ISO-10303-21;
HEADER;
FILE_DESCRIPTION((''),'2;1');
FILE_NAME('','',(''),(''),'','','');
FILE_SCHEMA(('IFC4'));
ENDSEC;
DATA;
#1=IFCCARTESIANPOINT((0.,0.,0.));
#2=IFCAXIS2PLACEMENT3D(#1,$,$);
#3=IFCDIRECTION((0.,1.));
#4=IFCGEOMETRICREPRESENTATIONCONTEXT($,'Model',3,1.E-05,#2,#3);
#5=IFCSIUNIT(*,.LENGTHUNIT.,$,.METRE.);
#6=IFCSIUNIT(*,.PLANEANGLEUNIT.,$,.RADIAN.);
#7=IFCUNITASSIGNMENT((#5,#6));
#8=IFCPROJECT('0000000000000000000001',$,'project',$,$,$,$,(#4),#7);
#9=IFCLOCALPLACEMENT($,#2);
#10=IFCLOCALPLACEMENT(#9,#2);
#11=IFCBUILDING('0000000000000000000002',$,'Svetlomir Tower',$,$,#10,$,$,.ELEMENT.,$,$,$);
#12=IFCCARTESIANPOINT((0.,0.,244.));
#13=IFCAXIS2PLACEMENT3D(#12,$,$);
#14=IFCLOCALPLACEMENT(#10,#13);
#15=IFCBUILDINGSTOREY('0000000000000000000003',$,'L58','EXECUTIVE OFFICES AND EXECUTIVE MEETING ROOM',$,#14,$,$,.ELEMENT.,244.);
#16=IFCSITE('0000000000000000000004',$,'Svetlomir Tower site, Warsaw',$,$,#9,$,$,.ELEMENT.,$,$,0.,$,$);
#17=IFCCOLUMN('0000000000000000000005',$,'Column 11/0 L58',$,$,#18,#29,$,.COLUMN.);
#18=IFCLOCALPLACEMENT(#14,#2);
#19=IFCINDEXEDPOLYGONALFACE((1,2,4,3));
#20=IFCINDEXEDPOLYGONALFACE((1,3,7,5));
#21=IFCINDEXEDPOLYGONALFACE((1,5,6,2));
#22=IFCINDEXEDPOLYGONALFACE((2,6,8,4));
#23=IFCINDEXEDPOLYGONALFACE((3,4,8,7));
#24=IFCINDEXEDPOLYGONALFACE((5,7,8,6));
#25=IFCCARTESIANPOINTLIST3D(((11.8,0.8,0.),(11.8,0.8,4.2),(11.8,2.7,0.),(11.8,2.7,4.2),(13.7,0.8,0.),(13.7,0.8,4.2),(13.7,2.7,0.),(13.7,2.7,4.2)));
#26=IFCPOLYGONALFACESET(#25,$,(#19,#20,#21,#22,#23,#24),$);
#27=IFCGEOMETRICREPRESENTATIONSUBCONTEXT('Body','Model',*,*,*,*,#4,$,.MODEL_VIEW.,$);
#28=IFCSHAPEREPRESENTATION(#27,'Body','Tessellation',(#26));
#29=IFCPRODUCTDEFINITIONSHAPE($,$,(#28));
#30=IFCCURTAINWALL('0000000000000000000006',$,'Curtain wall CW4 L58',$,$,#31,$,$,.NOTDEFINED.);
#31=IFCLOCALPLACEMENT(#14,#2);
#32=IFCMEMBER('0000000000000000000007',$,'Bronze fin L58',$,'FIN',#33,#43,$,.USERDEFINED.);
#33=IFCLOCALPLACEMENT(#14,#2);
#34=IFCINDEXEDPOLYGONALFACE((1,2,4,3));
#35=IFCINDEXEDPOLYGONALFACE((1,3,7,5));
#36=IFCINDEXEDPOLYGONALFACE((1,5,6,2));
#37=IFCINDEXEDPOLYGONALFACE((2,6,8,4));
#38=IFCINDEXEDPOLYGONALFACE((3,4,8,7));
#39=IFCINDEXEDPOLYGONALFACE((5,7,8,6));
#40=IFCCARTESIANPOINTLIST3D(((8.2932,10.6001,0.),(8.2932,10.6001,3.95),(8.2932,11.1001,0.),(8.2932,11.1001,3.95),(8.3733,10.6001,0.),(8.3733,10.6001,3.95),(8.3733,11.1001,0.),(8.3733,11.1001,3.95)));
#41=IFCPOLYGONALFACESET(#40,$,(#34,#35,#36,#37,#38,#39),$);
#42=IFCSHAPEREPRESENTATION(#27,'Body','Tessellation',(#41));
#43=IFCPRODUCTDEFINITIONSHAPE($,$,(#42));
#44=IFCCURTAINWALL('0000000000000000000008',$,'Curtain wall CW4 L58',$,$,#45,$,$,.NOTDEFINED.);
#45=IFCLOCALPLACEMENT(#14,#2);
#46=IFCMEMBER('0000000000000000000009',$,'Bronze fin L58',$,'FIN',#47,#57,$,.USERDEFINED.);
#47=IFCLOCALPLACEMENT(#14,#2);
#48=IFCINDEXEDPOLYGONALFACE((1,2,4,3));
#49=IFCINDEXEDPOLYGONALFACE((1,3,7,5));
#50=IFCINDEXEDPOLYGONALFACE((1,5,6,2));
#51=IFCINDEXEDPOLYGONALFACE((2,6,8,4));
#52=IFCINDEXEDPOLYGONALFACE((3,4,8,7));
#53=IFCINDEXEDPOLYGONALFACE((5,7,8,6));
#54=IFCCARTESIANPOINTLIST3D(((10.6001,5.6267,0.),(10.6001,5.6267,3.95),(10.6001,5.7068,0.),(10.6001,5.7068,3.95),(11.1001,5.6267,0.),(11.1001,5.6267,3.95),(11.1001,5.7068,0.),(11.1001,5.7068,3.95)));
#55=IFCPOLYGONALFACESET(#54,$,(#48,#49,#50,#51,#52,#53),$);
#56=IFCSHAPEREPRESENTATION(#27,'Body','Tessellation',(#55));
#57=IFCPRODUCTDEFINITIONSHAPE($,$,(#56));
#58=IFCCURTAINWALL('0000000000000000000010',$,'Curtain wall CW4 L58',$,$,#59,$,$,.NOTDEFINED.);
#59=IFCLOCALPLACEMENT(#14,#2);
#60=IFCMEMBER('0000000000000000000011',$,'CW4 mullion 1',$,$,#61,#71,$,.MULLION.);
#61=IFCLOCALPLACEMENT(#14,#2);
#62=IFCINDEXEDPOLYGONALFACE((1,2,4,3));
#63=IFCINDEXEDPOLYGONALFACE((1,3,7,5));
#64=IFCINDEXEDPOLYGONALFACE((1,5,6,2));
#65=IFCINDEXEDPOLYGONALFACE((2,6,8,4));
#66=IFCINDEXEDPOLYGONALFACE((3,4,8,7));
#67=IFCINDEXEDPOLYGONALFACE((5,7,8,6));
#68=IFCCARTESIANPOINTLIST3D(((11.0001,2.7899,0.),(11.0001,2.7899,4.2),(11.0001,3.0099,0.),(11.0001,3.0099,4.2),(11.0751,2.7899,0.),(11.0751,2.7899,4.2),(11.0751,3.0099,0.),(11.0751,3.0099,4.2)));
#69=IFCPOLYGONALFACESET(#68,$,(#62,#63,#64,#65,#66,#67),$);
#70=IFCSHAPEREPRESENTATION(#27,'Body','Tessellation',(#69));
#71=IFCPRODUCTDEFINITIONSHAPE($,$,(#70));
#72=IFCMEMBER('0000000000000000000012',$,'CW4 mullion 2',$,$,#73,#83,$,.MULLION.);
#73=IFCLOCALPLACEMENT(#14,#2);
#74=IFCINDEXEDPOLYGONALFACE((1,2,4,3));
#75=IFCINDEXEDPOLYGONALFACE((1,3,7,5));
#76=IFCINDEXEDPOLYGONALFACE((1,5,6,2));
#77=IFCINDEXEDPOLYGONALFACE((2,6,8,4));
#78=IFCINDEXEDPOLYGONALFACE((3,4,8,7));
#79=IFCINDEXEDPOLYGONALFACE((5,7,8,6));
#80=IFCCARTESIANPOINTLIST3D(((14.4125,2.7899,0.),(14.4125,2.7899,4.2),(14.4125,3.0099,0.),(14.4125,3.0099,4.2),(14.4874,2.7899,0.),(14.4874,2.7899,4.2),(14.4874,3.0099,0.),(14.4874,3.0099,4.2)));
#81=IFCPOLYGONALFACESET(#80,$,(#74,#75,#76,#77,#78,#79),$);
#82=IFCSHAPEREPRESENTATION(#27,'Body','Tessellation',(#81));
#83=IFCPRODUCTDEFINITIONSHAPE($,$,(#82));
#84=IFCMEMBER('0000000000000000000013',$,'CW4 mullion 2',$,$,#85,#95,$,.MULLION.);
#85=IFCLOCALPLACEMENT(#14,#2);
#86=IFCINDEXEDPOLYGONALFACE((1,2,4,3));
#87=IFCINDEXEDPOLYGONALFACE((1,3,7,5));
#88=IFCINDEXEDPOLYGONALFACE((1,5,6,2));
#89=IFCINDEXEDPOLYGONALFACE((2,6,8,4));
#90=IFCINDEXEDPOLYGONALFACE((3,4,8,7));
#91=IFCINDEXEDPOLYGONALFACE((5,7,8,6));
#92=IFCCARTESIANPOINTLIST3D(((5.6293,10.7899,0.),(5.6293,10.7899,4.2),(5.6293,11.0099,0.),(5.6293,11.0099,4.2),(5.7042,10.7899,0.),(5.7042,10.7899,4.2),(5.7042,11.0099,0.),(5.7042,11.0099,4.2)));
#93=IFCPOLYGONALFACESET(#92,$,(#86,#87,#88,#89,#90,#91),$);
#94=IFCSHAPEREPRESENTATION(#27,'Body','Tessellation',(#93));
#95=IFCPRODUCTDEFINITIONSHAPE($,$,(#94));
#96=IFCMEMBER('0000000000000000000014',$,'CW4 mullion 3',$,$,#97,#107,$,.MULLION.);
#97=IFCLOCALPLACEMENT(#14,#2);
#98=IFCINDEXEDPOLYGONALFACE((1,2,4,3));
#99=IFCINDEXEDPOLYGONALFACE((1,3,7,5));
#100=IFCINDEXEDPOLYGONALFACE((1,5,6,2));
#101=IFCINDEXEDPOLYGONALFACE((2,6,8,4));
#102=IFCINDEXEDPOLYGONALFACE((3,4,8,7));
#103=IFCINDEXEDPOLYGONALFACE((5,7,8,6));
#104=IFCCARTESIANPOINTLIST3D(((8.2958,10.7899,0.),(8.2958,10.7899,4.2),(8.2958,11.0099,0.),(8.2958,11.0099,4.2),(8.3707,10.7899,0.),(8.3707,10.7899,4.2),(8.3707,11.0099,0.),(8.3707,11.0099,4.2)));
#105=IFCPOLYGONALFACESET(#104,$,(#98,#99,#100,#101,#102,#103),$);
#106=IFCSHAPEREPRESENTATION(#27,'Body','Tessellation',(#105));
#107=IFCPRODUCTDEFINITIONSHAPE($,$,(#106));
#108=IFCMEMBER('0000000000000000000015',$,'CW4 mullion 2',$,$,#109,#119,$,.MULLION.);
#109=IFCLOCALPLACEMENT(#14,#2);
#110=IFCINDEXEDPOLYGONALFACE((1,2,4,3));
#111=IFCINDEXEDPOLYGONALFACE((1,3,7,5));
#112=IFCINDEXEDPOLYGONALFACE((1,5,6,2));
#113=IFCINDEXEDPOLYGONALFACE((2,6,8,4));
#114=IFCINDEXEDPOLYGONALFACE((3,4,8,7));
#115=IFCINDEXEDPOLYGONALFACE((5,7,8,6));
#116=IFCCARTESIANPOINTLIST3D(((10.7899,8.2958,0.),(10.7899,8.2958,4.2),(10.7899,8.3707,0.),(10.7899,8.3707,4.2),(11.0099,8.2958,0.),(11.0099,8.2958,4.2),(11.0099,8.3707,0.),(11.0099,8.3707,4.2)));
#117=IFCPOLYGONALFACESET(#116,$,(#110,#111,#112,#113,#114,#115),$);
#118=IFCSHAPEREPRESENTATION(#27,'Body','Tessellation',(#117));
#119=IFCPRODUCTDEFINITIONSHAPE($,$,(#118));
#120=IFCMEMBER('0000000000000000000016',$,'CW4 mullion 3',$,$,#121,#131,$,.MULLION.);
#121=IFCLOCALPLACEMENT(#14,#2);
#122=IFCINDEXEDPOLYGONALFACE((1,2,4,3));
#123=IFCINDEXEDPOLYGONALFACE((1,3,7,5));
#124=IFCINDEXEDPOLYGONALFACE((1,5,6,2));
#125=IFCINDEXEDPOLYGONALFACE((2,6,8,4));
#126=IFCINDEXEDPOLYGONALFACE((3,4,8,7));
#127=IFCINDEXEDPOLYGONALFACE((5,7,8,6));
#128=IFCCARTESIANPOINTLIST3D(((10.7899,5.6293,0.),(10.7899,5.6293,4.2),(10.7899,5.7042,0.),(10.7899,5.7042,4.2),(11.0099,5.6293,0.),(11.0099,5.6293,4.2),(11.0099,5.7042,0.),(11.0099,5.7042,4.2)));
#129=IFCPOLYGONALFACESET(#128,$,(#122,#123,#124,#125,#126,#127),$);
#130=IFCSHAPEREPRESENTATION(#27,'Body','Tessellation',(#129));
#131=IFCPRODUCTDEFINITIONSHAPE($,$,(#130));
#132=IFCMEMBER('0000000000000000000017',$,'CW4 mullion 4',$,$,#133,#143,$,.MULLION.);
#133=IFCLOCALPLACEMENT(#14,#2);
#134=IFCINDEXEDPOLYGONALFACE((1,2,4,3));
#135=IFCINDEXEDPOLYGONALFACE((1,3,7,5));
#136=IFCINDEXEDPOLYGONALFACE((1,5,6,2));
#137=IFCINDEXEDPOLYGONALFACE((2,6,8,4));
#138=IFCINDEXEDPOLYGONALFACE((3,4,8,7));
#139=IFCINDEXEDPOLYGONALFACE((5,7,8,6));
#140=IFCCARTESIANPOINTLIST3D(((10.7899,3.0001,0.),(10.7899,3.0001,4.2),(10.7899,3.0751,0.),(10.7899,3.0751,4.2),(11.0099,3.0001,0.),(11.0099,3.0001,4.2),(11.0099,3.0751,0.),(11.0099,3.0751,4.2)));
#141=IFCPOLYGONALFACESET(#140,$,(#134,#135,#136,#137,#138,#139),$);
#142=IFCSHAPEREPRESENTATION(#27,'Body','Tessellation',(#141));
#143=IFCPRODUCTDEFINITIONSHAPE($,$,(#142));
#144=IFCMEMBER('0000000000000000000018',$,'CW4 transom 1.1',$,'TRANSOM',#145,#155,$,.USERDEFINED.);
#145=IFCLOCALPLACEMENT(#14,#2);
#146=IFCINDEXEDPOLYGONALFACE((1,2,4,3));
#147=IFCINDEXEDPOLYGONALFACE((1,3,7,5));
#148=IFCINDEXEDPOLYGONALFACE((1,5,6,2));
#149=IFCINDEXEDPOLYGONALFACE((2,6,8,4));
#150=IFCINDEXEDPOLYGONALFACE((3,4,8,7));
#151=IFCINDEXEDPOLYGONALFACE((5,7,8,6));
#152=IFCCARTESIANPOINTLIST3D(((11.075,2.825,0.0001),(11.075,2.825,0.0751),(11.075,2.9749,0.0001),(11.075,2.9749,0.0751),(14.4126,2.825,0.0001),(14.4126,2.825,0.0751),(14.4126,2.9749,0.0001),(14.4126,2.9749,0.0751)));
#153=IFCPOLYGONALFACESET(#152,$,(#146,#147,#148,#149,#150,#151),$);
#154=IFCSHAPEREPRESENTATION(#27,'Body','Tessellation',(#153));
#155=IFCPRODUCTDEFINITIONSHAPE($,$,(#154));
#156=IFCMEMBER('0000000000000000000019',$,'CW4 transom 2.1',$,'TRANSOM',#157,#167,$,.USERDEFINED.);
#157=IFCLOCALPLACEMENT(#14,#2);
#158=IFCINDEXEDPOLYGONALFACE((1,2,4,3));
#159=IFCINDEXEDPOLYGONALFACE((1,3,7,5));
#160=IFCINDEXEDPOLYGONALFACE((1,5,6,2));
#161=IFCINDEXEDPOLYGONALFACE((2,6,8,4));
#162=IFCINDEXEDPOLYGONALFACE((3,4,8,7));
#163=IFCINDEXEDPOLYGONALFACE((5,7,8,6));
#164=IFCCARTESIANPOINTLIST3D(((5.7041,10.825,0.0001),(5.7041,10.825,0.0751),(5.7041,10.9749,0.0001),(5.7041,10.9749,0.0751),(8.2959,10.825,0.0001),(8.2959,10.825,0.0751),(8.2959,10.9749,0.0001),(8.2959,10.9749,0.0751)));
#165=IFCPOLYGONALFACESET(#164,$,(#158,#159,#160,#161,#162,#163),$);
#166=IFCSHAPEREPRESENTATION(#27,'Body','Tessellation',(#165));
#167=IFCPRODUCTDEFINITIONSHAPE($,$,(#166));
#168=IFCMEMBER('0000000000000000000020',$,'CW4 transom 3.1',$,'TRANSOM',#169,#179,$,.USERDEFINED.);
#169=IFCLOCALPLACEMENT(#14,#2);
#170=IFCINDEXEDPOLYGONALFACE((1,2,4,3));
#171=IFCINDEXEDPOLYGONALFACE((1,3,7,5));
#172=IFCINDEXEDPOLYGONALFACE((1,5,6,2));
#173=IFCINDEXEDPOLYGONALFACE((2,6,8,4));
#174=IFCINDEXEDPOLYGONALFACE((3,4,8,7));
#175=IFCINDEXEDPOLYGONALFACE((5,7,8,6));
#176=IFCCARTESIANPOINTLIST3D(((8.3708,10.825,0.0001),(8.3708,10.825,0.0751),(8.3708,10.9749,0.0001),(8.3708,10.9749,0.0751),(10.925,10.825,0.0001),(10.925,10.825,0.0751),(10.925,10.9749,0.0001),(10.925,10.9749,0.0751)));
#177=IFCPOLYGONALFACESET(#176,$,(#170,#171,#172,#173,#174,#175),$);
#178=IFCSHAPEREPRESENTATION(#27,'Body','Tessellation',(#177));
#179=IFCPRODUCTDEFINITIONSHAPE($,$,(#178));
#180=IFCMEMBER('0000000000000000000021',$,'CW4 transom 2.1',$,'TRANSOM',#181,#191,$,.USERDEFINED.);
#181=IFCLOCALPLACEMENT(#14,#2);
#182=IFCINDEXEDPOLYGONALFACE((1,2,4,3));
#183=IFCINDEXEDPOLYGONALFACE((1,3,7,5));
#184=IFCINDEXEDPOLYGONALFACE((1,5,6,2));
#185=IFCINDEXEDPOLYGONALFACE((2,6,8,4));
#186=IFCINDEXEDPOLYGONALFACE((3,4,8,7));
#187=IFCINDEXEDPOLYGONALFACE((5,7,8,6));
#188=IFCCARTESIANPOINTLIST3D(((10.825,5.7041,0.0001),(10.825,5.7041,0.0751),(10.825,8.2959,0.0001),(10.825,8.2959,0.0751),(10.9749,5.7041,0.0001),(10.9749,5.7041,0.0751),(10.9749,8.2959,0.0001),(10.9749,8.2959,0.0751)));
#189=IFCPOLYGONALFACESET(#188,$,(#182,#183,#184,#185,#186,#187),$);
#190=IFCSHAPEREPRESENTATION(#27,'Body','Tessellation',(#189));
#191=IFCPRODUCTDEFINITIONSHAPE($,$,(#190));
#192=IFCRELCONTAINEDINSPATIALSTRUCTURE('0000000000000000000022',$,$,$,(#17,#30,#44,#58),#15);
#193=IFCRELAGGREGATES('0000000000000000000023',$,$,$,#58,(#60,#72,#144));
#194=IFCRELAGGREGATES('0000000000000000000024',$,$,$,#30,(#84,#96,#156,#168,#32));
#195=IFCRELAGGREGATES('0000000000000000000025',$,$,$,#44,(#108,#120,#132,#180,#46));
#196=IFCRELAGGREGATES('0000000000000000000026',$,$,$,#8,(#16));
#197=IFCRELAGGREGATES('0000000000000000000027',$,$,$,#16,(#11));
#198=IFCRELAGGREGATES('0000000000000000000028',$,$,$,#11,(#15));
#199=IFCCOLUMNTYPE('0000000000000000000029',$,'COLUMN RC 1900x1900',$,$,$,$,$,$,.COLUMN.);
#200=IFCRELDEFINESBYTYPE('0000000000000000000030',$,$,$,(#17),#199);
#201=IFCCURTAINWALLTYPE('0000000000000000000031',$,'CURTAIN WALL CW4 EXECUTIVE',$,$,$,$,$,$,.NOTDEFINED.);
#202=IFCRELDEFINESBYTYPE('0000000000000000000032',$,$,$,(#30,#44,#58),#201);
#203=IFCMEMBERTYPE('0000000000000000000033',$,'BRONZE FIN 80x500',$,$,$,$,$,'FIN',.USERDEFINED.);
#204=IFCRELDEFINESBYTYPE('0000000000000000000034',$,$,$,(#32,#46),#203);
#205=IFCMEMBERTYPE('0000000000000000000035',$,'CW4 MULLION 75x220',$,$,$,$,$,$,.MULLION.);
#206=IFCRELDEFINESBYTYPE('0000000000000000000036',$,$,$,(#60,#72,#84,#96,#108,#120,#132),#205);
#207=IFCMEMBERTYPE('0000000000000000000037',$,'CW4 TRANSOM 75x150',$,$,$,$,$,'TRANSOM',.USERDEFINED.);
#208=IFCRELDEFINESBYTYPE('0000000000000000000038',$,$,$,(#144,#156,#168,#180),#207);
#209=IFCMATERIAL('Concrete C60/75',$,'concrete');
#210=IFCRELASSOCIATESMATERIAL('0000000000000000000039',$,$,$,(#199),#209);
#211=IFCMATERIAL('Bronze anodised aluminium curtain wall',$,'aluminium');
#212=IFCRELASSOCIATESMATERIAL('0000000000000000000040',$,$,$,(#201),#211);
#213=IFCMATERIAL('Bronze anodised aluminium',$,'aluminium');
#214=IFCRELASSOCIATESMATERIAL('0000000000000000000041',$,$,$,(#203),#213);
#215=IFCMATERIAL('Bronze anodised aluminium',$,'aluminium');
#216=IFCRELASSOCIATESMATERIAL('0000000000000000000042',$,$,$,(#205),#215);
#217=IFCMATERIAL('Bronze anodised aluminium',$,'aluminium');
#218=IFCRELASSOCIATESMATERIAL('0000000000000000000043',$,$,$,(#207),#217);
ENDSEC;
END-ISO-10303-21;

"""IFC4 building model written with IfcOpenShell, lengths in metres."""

from ifc_helpers import new_model, si_unit, direction, frame, origin, origin_2d, place, context, subcontext, project, spatial, rectangle, extrude, material, material_profile, profile_set, type_object, element, aggregate, save


model = new_model("IFC4")

# Units and contexts
model_context = context("Model", 3, precision=1e-05, world=origin(), true_north=direction((0.0, 1.0)))
body_context = subcontext(model_context, "Body", "Model", "MODEL_VIEW")
ifc_project = project(units=[si_unit("LENGTHUNIT", "METRE"), si_unit("PLANEANGLEUNIT", "RADIAN")], contexts=[model_context])

# Site, building, storey
site_placement = place(None, origin())
site = spatial("IfcSite", under=ifc_project, at=site_placement, Name="Svetlomir Tower site, Warsaw", CompositionType="ELEMENT", RefElevation=0.0)
building_placement = place(site_placement, origin())
building = spatial("IfcBuilding", under=site, at=building_placement, Name="Svetlomir Tower", CompositionType="ELEMENT")
storey_placement = place(building_placement, frame((0.0, 0.0, 244.0)))
storey = spatial("IfcBuildingStorey", under=building, at=storey_placement, Name="L58", Description="EXECUTIVE OFFICES AND EXECUTIVE MEETING ROOM", CompositionType="ELEMENT", Elevation=244.0)

# Column
ifc_material_1 = material(Name="Concrete C60/75", Category="concrete")
ifc_material_profile_1 = material_profile(ifc_material_1, rectangle(XDim=1.8999, YDim=1.8999, at=origin_2d()), Name="RC 1900x1900")
ifc_profile_set_1 = profile_set([ifc_material_profile_1], Name="Concrete C60/75")
column_type = type_object("IfcColumnType", Name="COLUMN RC 1900x1900", PredefinedType="COLUMN", material=ifc_profile_set_1)
column_placement = place(storey_placement, frame((12.75, 1.75, 0.0), z_axis=(0.0, 0.0, 1.0), x_axis=(1.0, 0.0, 0.0)))
element("IfcColumn", 1, at=column_placement, inside=storey, type_object=column_type, Name="Column 11/0 L58", PredefinedType="COLUMN", context=body_context, shape_type="SweptSolid", body=[
    extrude(rectangle(XDim=1.8999, YDim=1.8999, at=origin_2d()), origin(), (0.0, 0.0, 1.0), 4.2),
])

# Curtain walls, members
ifc_material_2 = material(Name="Bronze anodised aluminium curtain wall", Category="aluminium")
curtain_wall_type = type_object("IfcCurtainWallType", Name="CURTAIN WALL CW4 EXECUTIVE", PredefinedType="NOTDEFINED", material=ifc_material_2)
curtain_wall_1_placement = place(storey_placement, origin())
curtain_wall_1 = element("IfcCurtainWall", 2, at=curtain_wall_1_placement, inside=storey, type_object=curtain_wall_type, Name="Curtain wall CW4 L58", PredefinedType="NOTDEFINED")
ifc_material_3 = material(Name="Bronze anodised aluminium", Category="aluminium")
ifc_material_profile_2 = material_profile(ifc_material_3, rectangle(XDim=0.0801, YDim=0.5, at=origin_2d()), Name="FIN 80x500")
ifc_profile_set_2 = profile_set([ifc_material_profile_2], Name="Bronze anodised aluminium 6063-T6")
member_type_1 = type_object("IfcMemberType", Name="BRONZE FIN 80x500", ElementType="FIN", PredefinedType="USERDEFINED", material=ifc_profile_set_2)
member_1_placement = place(storey_placement, frame((8.3333, 10.8501, 0.0), z_axis=(0.0, 0.0, 1.0), x_axis=(1.0, 0.0, 0.0)))
member_1 = element("IfcMember", 3, at=member_1_placement, type_object=member_type_1, Name="Bronze fin L58", ObjectType="FIN", PredefinedType="USERDEFINED", context=body_context, shape_type="SweptSolid", body=[
    extrude(rectangle(XDim=0.0801, YDim=0.5, at=origin_2d()), origin(), (0.0, 0.0, 1.0), 3.95),
])
curtain_wall_2_placement = place(storey_placement, origin())
curtain_wall_2 = element("IfcCurtainWall", 4, at=curtain_wall_2_placement, inside=storey, type_object=curtain_wall_type, Name="Curtain wall CW4 L58", PredefinedType="NOTDEFINED")
member_2_placement = place(storey_placement, frame((10.8501, 5.6667, 0.0), z_axis=(0.0, 0.0, 1.0), x_axis=(0.0, 1.0, 0.0)))
member_2 = element("IfcMember", 5, at=member_2_placement, type_object=member_type_1, Name="Bronze fin L58", ObjectType="FIN", PredefinedType="USERDEFINED", context=body_context, shape_type="SweptSolid", body=[
    extrude(rectangle(XDim=0.0801, YDim=0.5, at=origin_2d()), origin(), (0.0, 0.0, 1.0), 3.95),
])

# Curtain wall, members
curtain_wall_3_placement = place(storey_placement, origin())
curtain_wall_3 = element("IfcCurtainWall", 6, at=curtain_wall_3_placement, inside=storey, type_object=curtain_wall_type, Name="Curtain wall CW4 L58", PredefinedType="NOTDEFINED")
ifc_material_4 = material(Name="Bronze anodised aluminium", Category="aluminium")
ifc_material_profile_3 = material_profile(ifc_material_4, rectangle(XDim=0.075, YDim=0.22, at=origin_2d()), Name="AL 75x220")
ifc_profile_set_3 = profile_set([ifc_material_profile_3], Name="Bronze anodised aluminium 6063-T6")
member_type_2 = type_object("IfcMemberType", Name="CW4 MULLION 75x220", PredefinedType="MULLION", material=ifc_profile_set_3)
member_3_placement = place(storey_placement, frame((11.0376, 2.8999, 0.0), z_axis=(0.0, 0.0, 1.0), x_axis=(1.0, 0.0, 0.0)))
member_3 = element("IfcMember", 7, at=member_3_placement, type_object=member_type_2, Name="CW4 mullion 1", PredefinedType="MULLION", context=body_context, shape_type="SweptSolid", body=[
    extrude(rectangle(XDim=0.075, YDim=0.22, at=origin_2d()), origin(), (0.0, 0.0, 1.0), 4.2),
])
member_4_placement = place(storey_placement, frame((14.45, 2.8999, 0.0), z_axis=(0.0, 0.0, 1.0), x_axis=(1.0, 0.0, 0.0)))
member_4 = element("IfcMember", 8, at=member_4_placement, type_object=member_type_2, Name="CW4 mullion 2", PredefinedType="MULLION", context=body_context, shape_type="SweptSolid", body=[
    extrude(rectangle(XDim=0.075, YDim=0.22, at=origin_2d()), origin(), (0.0, 0.0, 1.0), 4.2),
])

# Members
member_5_placement = place(storey_placement, frame((5.6667, 10.8999, 0.0), z_axis=(0.0, 0.0, 1.0), x_axis=(1.0, 0.0, 0.0)))
member_5 = element("IfcMember", 9, at=member_5_placement, type_object=member_type_2, Name="CW4 mullion 2", PredefinedType="MULLION", context=body_context, shape_type="SweptSolid", body=[
    extrude(rectangle(XDim=0.075, YDim=0.22, at=origin_2d()), origin(), (0.0, 0.0, 1.0), 4.2),
])
member_6_placement = place(storey_placement, frame((8.3333, 10.8999, 0.0), z_axis=(0.0, 0.0, 1.0), x_axis=(1.0, 0.0, 0.0)))
member_6 = element("IfcMember", 10, at=member_6_placement, type_object=member_type_2, Name="CW4 mullion 3", PredefinedType="MULLION", context=body_context, shape_type="SweptSolid", body=[
    extrude(rectangle(XDim=0.075, YDim=0.22, at=origin_2d()), origin(), (0.0, 0.0, 1.0), 4.2),
])
member_7_placement = place(storey_placement, frame((10.8999, 8.3333, 0.0), z_axis=(0.0, 0.0, 1.0), x_axis=(0.0, -1.0, 0.0)))
member_7 = element("IfcMember", 11, at=member_7_placement, type_object=member_type_2, Name="CW4 mullion 2", PredefinedType="MULLION", context=body_context, shape_type="SweptSolid", body=[
    extrude(rectangle(XDim=0.075, YDim=0.22, at=origin_2d()), origin(), (0.0, 0.0, 1.0), 4.2),
])
member_8_placement = place(storey_placement, frame((10.8999, 5.6667, 0.0), z_axis=(0.0, 0.0, 1.0), x_axis=(0.0, -1.0, 0.0)))
member_8 = element("IfcMember", 12, at=member_8_placement, type_object=member_type_2, Name="CW4 mullion 3", PredefinedType="MULLION", context=body_context, shape_type="SweptSolid", body=[
    extrude(rectangle(XDim=0.075, YDim=0.22, at=origin_2d()), origin(), (0.0, 0.0, 1.0), 4.2),
])
member_9_placement = place(storey_placement, frame((10.8999, 3.0376, 0.0), z_axis=(0.0, 0.0, 1.0), x_axis=(0.0, -1.0, 0.0)))
member_9 = element("IfcMember", 13, at=member_9_placement, type_object=member_type_2, Name="CW4 mullion 4", PredefinedType="MULLION", context=body_context, shape_type="SweptSolid", body=[
    extrude(rectangle(XDim=0.075, YDim=0.22, at=origin_2d()), origin(), (0.0, 0.0, 1.0), 4.2),
])
ifc_material_5 = material(Name="Bronze anodised aluminium", Category="aluminium")
ifc_material_profile_4 = material_profile(ifc_material_5, rectangle(XDim=0.1499, YDim=0.075, at=origin_2d()), Name="AL 150x75")
ifc_profile_set_4 = profile_set([ifc_material_profile_4], Name="Bronze anodised aluminium 6063-T6")
member_type_3 = type_object("IfcMemberType", Name="CW4 TRANSOM 75x150", ElementType="TRANSOM", PredefinedType="USERDEFINED", material=ifc_profile_set_4)
member_10_placement = place(storey_placement, frame((11.075, 2.8999, 0.0376), z_axis=(1.0, 0.0, 0.0), x_axis=(0.0, 1.0, 0.0)))
member_10 = element("IfcMember", 14, at=member_10_placement, type_object=member_type_3, Name="CW4 transom 1.1", ObjectType="TRANSOM", PredefinedType="USERDEFINED", context=body_context, shape_type="SweptSolid", body=[
    extrude(rectangle(XDim=0.1499, YDim=0.075, at=origin_2d()), origin(), (0.0, 0.0, 1.0), 3.3376),
])
member_11_placement = place(storey_placement, frame((5.7041, 10.8999, 0.0376), z_axis=(1.0, 0.0, 0.0), x_axis=(0.0, 1.0, 0.0)))
member_11 = element("IfcMember", 15, at=member_11_placement, type_object=member_type_3, Name="CW4 transom 2.1", ObjectType="TRANSOM", PredefinedType="USERDEFINED", context=body_context, shape_type="SweptSolid", body=[
    extrude(rectangle(XDim=0.1499, YDim=0.075, at=origin_2d()), origin(), (0.0, 0.0, 1.0), 2.5918),
])
member_12_placement = place(storey_placement, frame((8.3708, 10.8999, 0.0376), z_axis=(1.0, 0.0, 0.0), x_axis=(0.0, 1.0, 0.0)))
member_12 = element("IfcMember", 16, at=member_12_placement, type_object=member_type_3, Name="CW4 transom 3.1", ObjectType="TRANSOM", PredefinedType="USERDEFINED", context=body_context, shape_type="SweptSolid", body=[
    extrude(rectangle(XDim=0.1499, YDim=0.075, at=origin_2d()), origin(), (0.0, 0.0, 1.0), 2.5542),
])
member_13_placement = place(storey_placement, frame((10.8999, 8.2959, 0.0376), z_axis=(0.0, -1.0, 0.0), x_axis=(1.0, 0.0, 0.0)))
member_13 = element("IfcMember", 17, at=member_13_placement, type_object=member_type_3, Name="CW4 transom 2.1", ObjectType="TRANSOM", PredefinedType="USERDEFINED", context=body_context, shape_type="SweptSolid", body=[
    extrude(rectangle(XDim=0.1499, YDim=0.075, at=origin_2d()), origin(), (0.0, 0.0, 1.0), 2.5918),
])

aggregate(curtain_wall_3, [member_3, member_4, member_10])
aggregate(curtain_wall_1, [member_5, member_6, member_11, member_12, member_1])
aggregate(curtain_wall_2, [member_7, member_8, member_9, member_13, member_2])

save(model, "model.ifc")
